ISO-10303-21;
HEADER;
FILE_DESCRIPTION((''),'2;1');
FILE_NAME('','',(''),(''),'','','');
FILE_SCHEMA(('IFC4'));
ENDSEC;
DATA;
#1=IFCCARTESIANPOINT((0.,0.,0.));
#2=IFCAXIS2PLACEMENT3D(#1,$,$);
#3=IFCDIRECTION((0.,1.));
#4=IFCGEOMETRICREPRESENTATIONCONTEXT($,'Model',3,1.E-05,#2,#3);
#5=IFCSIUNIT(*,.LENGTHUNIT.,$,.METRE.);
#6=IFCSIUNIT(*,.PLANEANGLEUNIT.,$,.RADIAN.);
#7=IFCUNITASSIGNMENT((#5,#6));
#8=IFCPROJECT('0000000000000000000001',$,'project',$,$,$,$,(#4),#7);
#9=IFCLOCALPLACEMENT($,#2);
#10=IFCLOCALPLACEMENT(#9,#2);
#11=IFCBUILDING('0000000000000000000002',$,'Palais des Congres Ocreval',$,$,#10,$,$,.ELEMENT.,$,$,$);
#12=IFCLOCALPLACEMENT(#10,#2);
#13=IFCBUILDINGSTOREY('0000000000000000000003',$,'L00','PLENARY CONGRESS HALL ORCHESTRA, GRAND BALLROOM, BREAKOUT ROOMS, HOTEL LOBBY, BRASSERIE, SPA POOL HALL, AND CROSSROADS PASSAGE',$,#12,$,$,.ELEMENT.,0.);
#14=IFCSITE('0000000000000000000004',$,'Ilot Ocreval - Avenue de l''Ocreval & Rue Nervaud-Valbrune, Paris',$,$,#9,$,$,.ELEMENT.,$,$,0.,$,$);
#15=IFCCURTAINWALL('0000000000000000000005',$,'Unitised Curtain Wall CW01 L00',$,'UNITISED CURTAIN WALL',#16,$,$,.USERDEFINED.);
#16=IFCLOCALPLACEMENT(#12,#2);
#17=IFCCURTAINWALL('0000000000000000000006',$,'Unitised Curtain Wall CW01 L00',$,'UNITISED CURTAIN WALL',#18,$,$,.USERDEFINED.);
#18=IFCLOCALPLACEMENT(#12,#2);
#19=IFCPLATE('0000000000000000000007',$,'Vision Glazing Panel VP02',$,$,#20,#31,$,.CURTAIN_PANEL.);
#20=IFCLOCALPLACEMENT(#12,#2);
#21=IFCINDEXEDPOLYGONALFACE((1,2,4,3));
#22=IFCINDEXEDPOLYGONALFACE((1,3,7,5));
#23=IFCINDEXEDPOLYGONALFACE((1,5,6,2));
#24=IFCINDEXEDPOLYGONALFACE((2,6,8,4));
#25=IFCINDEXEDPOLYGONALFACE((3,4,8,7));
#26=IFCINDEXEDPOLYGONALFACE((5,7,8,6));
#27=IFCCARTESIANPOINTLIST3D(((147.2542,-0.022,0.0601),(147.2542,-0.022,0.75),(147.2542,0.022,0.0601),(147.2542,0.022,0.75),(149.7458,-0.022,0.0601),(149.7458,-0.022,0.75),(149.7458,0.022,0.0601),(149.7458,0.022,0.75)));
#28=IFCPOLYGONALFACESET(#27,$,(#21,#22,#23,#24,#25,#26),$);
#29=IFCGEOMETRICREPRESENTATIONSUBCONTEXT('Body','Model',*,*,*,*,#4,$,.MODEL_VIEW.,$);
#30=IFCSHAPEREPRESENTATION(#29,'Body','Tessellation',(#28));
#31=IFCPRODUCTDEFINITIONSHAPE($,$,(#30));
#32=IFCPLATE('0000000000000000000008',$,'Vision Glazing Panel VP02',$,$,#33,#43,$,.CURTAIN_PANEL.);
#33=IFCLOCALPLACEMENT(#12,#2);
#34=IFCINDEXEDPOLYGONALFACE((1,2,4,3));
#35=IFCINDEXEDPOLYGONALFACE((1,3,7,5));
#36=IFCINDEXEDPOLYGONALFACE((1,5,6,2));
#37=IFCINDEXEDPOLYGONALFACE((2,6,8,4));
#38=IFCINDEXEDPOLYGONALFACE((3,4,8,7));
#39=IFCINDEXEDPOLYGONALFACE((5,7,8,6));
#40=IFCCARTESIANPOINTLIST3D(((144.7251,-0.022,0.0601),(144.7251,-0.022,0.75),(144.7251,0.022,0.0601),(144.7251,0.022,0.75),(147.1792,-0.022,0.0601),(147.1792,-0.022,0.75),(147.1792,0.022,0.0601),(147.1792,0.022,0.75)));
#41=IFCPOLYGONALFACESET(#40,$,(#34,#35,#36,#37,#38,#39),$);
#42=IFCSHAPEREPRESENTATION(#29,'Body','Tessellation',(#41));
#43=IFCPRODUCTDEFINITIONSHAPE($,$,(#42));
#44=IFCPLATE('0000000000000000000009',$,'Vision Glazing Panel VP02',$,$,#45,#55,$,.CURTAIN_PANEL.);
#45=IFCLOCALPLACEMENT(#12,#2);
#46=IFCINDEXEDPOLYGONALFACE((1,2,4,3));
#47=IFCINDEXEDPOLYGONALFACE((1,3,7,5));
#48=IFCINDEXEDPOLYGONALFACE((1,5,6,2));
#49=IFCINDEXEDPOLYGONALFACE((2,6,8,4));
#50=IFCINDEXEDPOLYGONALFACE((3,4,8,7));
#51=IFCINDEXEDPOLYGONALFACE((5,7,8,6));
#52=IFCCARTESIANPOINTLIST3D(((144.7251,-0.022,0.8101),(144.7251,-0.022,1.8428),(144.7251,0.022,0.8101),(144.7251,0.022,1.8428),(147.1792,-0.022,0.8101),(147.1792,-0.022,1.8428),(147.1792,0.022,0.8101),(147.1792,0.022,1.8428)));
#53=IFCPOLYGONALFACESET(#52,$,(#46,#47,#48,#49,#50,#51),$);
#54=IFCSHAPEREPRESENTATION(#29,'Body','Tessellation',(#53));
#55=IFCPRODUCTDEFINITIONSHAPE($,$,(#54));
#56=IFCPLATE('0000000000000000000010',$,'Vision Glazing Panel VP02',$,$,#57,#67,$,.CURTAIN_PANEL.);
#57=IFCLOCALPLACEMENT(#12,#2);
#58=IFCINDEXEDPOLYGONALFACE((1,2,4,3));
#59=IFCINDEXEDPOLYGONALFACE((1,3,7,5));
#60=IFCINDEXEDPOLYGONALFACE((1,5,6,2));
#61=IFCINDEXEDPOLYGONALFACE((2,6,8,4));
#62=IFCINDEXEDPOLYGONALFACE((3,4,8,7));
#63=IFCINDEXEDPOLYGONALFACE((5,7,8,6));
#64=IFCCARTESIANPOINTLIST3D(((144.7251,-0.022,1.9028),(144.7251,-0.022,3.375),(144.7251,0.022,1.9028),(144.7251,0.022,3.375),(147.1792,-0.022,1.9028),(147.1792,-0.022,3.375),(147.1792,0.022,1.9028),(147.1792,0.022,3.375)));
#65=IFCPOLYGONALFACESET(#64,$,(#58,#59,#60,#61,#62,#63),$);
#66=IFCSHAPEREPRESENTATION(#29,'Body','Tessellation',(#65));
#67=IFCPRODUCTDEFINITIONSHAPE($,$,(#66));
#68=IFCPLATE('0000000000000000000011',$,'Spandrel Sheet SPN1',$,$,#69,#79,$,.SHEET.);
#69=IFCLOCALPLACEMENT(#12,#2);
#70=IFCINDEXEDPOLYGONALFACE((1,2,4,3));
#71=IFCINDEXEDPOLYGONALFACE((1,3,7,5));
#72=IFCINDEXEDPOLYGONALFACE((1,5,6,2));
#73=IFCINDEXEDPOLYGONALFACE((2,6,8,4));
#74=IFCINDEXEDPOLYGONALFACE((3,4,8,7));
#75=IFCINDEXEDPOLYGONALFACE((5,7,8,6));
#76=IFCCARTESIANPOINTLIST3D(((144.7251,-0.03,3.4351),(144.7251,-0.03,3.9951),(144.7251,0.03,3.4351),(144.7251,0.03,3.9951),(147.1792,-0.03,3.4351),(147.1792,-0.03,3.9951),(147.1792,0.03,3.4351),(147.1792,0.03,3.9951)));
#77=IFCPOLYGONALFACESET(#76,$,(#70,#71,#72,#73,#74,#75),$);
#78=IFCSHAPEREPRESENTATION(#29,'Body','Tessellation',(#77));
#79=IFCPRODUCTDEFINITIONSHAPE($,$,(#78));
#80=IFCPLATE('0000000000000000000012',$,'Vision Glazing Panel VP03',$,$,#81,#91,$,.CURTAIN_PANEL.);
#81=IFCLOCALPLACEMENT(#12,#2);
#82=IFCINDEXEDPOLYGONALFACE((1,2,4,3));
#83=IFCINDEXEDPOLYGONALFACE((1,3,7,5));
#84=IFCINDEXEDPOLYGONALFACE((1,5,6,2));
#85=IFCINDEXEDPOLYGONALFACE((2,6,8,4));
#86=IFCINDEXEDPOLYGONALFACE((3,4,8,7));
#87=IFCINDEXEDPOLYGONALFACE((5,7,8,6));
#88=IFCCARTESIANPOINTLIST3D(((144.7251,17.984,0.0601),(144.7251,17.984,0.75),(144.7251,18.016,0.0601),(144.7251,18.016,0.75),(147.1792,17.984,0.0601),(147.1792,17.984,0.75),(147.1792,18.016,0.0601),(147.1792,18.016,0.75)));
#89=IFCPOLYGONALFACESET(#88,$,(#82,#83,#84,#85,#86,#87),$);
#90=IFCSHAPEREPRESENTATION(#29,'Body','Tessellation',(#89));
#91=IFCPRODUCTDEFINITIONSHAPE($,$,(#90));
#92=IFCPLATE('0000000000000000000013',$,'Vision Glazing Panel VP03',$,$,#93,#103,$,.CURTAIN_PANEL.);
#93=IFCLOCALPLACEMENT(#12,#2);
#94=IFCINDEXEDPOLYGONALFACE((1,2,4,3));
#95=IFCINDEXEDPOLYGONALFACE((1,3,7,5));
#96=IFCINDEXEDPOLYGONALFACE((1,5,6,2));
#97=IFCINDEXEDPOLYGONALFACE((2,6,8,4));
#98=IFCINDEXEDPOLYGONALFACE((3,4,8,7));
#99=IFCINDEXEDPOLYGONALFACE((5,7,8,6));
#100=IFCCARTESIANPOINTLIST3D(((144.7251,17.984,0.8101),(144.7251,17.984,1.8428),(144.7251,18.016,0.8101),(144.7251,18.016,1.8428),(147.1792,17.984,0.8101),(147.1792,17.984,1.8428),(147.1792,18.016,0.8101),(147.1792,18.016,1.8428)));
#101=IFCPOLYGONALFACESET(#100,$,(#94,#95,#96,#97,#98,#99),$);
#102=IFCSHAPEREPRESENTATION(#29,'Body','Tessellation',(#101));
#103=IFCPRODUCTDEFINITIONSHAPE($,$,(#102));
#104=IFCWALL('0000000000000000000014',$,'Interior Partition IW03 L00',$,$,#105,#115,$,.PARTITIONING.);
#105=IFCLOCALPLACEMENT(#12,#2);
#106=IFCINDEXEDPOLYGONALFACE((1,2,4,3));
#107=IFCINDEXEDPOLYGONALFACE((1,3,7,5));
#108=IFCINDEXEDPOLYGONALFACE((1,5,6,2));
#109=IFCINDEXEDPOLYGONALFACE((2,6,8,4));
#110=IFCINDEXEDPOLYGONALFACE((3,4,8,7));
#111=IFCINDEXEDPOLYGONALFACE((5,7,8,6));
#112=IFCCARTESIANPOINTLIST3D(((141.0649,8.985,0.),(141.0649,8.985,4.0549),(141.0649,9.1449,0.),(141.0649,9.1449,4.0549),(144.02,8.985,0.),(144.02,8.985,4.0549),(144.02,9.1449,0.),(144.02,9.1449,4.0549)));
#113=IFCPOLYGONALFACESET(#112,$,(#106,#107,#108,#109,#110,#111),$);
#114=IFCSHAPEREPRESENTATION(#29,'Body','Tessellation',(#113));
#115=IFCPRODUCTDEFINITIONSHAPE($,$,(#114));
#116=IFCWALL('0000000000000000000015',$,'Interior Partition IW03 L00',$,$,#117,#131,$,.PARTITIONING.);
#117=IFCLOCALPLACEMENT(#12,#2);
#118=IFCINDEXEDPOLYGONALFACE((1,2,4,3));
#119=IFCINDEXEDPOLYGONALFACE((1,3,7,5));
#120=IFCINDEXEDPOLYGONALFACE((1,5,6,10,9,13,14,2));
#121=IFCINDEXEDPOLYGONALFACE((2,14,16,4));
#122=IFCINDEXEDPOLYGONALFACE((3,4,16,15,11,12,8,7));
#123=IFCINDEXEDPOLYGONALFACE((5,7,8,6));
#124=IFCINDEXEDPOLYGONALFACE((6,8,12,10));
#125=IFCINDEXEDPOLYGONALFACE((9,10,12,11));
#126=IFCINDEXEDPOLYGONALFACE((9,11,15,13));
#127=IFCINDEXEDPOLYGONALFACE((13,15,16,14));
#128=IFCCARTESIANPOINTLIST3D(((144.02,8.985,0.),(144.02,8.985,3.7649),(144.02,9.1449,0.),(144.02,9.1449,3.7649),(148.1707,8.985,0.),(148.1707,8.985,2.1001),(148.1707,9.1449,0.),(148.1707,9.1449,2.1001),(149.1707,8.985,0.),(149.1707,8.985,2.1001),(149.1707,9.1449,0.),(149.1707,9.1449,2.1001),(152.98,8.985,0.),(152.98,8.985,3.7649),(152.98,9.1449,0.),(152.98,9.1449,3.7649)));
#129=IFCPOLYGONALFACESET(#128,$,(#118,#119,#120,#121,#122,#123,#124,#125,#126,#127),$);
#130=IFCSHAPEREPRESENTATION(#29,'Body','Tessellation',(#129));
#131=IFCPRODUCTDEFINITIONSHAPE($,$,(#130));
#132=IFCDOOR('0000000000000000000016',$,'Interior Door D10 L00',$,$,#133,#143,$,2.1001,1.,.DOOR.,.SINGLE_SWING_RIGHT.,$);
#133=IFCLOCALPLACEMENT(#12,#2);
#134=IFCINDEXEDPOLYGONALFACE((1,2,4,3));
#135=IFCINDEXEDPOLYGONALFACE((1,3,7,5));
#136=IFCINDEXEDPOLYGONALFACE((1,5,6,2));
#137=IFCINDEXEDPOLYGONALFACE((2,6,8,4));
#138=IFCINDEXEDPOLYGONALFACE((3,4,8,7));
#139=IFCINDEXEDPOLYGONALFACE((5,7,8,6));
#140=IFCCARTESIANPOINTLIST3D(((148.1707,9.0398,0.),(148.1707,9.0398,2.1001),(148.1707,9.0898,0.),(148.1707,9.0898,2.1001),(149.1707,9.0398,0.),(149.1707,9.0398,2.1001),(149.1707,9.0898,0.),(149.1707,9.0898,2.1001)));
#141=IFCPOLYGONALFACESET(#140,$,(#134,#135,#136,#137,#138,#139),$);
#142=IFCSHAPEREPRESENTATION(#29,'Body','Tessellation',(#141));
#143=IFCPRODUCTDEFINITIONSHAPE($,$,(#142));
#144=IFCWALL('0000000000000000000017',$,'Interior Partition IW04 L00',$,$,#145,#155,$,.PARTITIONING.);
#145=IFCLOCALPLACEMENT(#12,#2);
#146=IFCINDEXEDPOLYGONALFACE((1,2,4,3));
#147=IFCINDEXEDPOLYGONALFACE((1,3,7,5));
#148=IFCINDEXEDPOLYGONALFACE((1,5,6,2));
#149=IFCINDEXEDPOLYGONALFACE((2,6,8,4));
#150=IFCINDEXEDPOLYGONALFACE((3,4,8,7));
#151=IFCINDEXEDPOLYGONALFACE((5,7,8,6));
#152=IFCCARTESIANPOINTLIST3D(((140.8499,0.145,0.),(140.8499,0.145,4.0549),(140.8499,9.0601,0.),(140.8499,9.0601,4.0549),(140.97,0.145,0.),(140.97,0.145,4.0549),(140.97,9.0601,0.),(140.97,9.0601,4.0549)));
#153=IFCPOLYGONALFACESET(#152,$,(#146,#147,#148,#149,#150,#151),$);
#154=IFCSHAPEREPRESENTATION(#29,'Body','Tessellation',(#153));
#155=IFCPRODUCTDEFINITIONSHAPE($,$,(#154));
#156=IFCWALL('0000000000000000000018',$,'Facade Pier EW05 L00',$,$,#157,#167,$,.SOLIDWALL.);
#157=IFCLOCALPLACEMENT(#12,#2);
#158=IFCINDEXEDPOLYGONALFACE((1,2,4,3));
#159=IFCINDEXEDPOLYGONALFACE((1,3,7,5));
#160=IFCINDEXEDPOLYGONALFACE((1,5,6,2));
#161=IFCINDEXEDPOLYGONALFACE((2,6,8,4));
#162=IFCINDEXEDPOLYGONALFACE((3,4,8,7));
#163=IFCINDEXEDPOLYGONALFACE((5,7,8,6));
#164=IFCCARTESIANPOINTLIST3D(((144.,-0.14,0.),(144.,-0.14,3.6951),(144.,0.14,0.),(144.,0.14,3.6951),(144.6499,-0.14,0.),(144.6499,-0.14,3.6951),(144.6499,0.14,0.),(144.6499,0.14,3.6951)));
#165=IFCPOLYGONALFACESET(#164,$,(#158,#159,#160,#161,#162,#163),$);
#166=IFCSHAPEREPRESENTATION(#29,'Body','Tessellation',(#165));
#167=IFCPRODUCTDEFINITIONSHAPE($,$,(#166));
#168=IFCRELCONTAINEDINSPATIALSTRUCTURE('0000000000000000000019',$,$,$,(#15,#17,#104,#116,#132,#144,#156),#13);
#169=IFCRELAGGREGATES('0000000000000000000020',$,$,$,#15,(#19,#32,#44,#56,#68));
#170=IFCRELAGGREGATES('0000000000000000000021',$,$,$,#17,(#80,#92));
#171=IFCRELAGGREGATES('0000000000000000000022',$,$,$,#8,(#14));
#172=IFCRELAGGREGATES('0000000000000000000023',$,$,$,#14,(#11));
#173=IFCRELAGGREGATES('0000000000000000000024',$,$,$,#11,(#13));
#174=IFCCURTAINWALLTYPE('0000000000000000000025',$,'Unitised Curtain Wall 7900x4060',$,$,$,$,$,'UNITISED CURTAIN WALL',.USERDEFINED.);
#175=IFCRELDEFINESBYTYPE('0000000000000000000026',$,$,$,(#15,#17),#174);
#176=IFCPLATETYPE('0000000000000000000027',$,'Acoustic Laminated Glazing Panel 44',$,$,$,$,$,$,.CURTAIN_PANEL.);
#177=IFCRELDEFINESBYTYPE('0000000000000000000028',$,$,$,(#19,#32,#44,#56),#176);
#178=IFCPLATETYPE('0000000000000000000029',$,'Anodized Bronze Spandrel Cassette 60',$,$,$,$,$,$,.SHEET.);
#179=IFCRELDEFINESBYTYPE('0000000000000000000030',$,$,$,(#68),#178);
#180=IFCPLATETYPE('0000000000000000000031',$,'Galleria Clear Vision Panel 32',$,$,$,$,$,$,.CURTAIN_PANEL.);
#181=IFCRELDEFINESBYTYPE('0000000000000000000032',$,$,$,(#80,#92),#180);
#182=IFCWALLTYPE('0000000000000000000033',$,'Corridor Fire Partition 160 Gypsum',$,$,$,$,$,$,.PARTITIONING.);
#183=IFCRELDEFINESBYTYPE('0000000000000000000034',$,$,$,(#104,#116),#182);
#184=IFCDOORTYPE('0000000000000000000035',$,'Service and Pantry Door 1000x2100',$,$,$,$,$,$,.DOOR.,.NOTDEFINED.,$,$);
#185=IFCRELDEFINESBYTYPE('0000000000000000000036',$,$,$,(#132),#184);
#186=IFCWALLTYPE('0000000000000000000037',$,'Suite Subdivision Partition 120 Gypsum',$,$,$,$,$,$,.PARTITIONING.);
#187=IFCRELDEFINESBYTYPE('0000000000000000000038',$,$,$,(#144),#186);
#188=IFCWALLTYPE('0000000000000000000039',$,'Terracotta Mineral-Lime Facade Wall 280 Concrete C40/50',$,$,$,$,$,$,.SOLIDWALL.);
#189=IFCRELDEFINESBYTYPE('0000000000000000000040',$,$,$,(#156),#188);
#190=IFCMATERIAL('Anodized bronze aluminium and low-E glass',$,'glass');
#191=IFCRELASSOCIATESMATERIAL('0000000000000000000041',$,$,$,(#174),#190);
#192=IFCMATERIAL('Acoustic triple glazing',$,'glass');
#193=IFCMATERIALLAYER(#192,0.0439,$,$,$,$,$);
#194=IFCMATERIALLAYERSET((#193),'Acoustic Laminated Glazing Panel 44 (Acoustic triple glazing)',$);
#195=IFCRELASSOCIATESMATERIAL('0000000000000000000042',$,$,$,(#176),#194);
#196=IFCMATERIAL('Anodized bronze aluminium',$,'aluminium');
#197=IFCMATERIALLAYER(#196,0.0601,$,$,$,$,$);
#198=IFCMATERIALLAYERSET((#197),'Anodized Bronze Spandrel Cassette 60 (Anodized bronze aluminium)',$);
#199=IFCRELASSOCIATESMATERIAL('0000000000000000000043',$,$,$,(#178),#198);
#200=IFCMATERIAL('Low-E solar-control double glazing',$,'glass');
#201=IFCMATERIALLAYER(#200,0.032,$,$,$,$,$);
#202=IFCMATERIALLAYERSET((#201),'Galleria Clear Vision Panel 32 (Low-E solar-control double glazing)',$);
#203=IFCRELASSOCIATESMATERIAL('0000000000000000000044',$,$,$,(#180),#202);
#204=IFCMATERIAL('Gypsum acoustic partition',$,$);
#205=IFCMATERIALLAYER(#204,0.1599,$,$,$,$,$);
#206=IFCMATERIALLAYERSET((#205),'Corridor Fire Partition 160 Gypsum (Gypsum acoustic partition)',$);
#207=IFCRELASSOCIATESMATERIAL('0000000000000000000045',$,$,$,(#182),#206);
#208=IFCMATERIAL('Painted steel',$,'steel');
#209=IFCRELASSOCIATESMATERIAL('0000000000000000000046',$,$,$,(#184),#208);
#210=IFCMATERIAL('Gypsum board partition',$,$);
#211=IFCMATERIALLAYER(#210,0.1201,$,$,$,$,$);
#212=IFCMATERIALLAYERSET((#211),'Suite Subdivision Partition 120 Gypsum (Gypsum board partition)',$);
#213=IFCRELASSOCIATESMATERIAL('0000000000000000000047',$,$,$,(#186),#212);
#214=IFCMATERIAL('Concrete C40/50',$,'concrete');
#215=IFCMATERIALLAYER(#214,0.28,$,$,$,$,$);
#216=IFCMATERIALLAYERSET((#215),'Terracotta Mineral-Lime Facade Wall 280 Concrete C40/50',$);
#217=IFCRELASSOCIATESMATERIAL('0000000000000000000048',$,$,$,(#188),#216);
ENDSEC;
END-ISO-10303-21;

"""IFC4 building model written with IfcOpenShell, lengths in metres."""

from ifc_helpers import new_model, si_unit, direction, frame, frame_2d, origin, origin_2d, place, context, subcontext, project, spatial, rectangle, extrude, material, layer, layer_set, type_object, element, fill, aggregate, save


model = new_model("IFC4")

# Units and contexts
model_context = context("Model", 3, precision=1e-05, world=origin(), true_north=direction((0.0, 1.0)))
body_context = subcontext(model_context, "Body", "Model", "MODEL_VIEW")
ifc_project = project(units=[si_unit("LENGTHUNIT", "METRE"), si_unit("PLANEANGLEUNIT", "RADIAN")], contexts=[model_context])

# Site, building, storey
site_placement = place(None, origin())
site = spatial("IfcSite", under=ifc_project, at=site_placement, Name="Ilot Ocreval - Avenue de l'Ocreval & Rue Nervaud-Valbrune, Paris", CompositionType="ELEMENT", RefElevation=0.0)
building_placement = place(site_placement, origin())
building = spatial("IfcBuilding", under=site, at=building_placement, Name="Palais des Congres Ocreval", CompositionType="ELEMENT")
storey_placement = place(building_placement, origin())
storey = spatial("IfcBuildingStorey", under=building, at=storey_placement, Name="L00", Description="PLENARY CONGRESS HALL ORCHESTRA, GRAND BALLROOM, BREAKOUT ROOMS, HOTEL LOBBY, BRASSERIE, SPA POOL HALL, AND CROSSROADS PASSAGE", CompositionType="ELEMENT", Elevation=0.0)

# Curtain wall
ifc_material_1 = material(Name="Anodized bronze aluminium and low-E glass", Category="glass")
curtain_wall_type = type_object("IfcCurtainWallType", Name="Unitised Curtain Wall 7900x4060", ElementType="UNITISED CURTAIN WALL", PredefinedType="USERDEFINED", material=ifc_material_1)
curtain_wall_1_placement = place(storey_placement, origin())
curtain_wall_1 = element("IfcCurtainWall", 1, at=curtain_wall_1_placement, inside=storey, type_object=curtain_wall_type, Name="Unitised Curtain Wall CW01 L00", ObjectType="UNITISED CURTAIN WALL", PredefinedType="USERDEFINED")
ifc_material_2 = material(Name="Anodized bronze aluminium", Category="aluminium")

# Curtain wall
curtain_wall_2_placement = place(storey_placement, origin())
curtain_wall_2 = element("IfcCurtainWall", 2, at=curtain_wall_2_placement, inside=storey, type_object=curtain_wall_type, Name="Unitised Curtain Wall CW01 L00", ObjectType="UNITISED CURTAIN WALL", PredefinedType="USERDEFINED")

# Plates
ifc_material_3 = material(Name="Acoustic triple glazing", Category="glass")
ifc_layer_1 = layer(ifc_material_3, 0.0439)
ifc_layer_set_1 = layer_set([ifc_layer_1], Name="Acoustic Laminated Glazing Panel 44 (Acoustic triple glazing)")
plate_type_1 = type_object("IfcPlateType", Name="Acoustic Laminated Glazing Panel 44", PredefinedType="CURTAIN_PANEL", material=ifc_layer_set_1)
plate_1_placement = place(storey_placement, frame((148.5, 0.0, 0.0601), z_axis=(0.0, 0.0, 1.0), x_axis=(-1.0, 0.0, 0.0)))
plate_1 = element("IfcPlate", 3, at=plate_1_placement, type_object=plate_type_1, Name="Vision Glazing Panel VP02", PredefinedType="CURTAIN_PANEL", context=body_context, shape_type="SweptSolid", body=[
    extrude(rectangle(XDim=2.4917, YDim=0.0439, at=origin_2d()), origin(), (0.0, 0.0, 1.0), 0.6899),
])
plate_2_placement = place(storey_placement, frame((145.9521, 0.0, 0.0601), z_axis=(0.0, 0.0, 1.0), x_axis=(-1.0, 0.0, 0.0)))
plate_2 = element("IfcPlate", 4, at=plate_2_placement, type_object=plate_type_1, Name="Vision Glazing Panel VP02", PredefinedType="CURTAIN_PANEL", context=body_context, shape_type="SweptSolid", body=[
    extrude(rectangle(XDim=2.4541, YDim=0.0439, at=origin_2d()), origin(), (0.0, 0.0, 1.0), 0.6899),
])
plate_3_placement = place(storey_placement, frame((145.9521, 0.0, 0.8101), z_axis=(0.0, 0.0, 1.0), x_axis=(-1.0, 0.0, 0.0)))
plate_3 = element("IfcPlate", 5, at=plate_3_placement, type_object=plate_type_1, Name="Vision Glazing Panel VP02", PredefinedType="CURTAIN_PANEL", context=body_context, shape_type="SweptSolid", body=[
    extrude(rectangle(XDim=2.4541, YDim=0.0439, at=origin_2d()), origin(), (0.0, 0.0, 1.0), 1.0327),
])
plate_4_placement = place(storey_placement, frame((145.9521, 0.0, 1.9028), z_axis=(0.0, 0.0, 1.0), x_axis=(-1.0, 0.0, 0.0)))
plate_4 = element("IfcPlate", 6, at=plate_4_placement, type_object=plate_type_1, Name="Vision Glazing Panel VP02", PredefinedType="CURTAIN_PANEL", context=body_context, shape_type="SweptSolid", body=[
    extrude(rectangle(XDim=2.4541, YDim=0.0439, at=origin_2d()), origin(), (0.0, 0.0, 1.0), 1.4722),
])
ifc_layer_2 = layer(ifc_material_2, 0.0601)
ifc_layer_set_2 = layer_set([ifc_layer_2], Name="Anodized Bronze Spandrel Cassette 60 (Anodized bronze aluminium)")
plate_type_2 = type_object("IfcPlateType", Name="Anodized Bronze Spandrel Cassette 60", PredefinedType="SHEET", material=ifc_layer_set_2)
plate_5_placement = place(storey_placement, frame((145.9521, 0.0, 3.4351), z_axis=(0.0, 0.0, 1.0), x_axis=(-1.0, 0.0, 0.0)))
plate_5 = element("IfcPlate", 7, at=plate_5_placement, type_object=plate_type_2, Name="Spandrel Sheet SPN1", PredefinedType="SHEET", context=body_context, shape_type="SweptSolid", body=[
    extrude(rectangle(XDim=2.4541, YDim=0.0601, at=origin_2d()), origin(), (0.0, 0.0, 1.0), 0.5601),
])
aggregate(curtain_wall_1, [plate_1, plate_2, plate_3, plate_4, plate_5])
ifc_material_4 = material(Name="Low-E solar-control double glazing", Category="glass")
ifc_layer_3 = layer(ifc_material_4, 0.032)
ifc_layer_set_3 = layer_set([ifc_layer_3], Name="Galleria Clear Vision Panel 32 (Low-E solar-control double glazing)")
plate_type_3 = type_object("IfcPlateType", Name="Galleria Clear Vision Panel 32", PredefinedType="CURTAIN_PANEL", material=ifc_layer_set_3)
plate_6_placement = place(storey_placement, frame((145.9521, 18.0, 0.0601), z_axis=(0.0, 0.0, 1.0), x_axis=(1.0, 0.0, 0.0)))
plate_6 = element("IfcPlate", 8, at=plate_6_placement, type_object=plate_type_3, Name="Vision Glazing Panel VP03", PredefinedType="CURTAIN_PANEL", context=body_context, shape_type="SweptSolid", body=[
    extrude(rectangle(XDim=2.4541, YDim=0.032, at=origin_2d()), origin(), (0.0, 0.0, 1.0), 0.6899),
])
plate_7_placement = place(storey_placement, frame((145.9521, 18.0, 0.8101), z_axis=(0.0, 0.0, 1.0), x_axis=(1.0, 0.0, 0.0)))
plate_7 = element("IfcPlate", 9, at=plate_7_placement, type_object=plate_type_3, Name="Vision Glazing Panel VP03", PredefinedType="CURTAIN_PANEL", context=body_context, shape_type="SweptSolid", body=[
    extrude(rectangle(XDim=2.4541, YDim=0.032, at=origin_2d()), origin(), (0.0, 0.0, 1.0), 1.0327),
])
aggregate(curtain_wall_2, [plate_6, plate_7])

# Wall
ifc_material_5 = material(Name="Gypsum acoustic partition")
ifc_layer_4 = layer(ifc_material_5, 0.1599)
ifc_layer_set_4 = layer_set([ifc_layer_4], Name="Corridor Fire Partition 160 Gypsum (Gypsum acoustic partition)")
wall_type_1 = type_object("IfcWallType", Name="Corridor Fire Partition 160 Gypsum", PredefinedType="PARTITIONING", material=ifc_layer_set_4)
wall_1_placement = place(storey_placement, frame((141.0649, 9.0649, 0.0), z_axis=(0.0, 0.0, 1.0), x_axis=(1.0, 0.0, 0.0)))
element("IfcWall", 10, at=wall_1_placement, inside=storey, type_object=wall_type_1, Name="Interior Partition IW03 L00", PredefinedType="PARTITIONING", context=body_context, shape_type="SweptSolid", body=[
    extrude(rectangle(XDim=2.9551, YDim=0.1599, at=frame_2d((1.4775, 0.0))), origin(), (0.0, 0.0, 1.0), 4.0549),
])

# Wall, opening, door
wall_2_placement = place(storey_placement, frame((144.02, 9.0649, 0.0), z_axis=(0.0, 0.0, 1.0), x_axis=(1.0, 0.0, 0.0)))
wall_2 = element("IfcWall", 11, at=wall_2_placement, inside=storey, type_object=wall_type_1, Name="Interior Partition IW03 L00", PredefinedType="PARTITIONING", context=body_context, shape_type="SweptSolid", body=[
    extrude(rectangle(XDim=8.96, YDim=0.1599, at=frame_2d((4.48, 0.0))), origin(), (0.0, 0.0, 1.0), 3.7649),
])
opening_1_placement = place(wall_2_placement, frame((4.1506, 0.0, 0.0)))
opening_1 = element("IfcOpeningElement", 12, at=opening_1_placement, cuts=wall_2, PredefinedType="OPENING", context=body_context, shape_type="SweptSolid", body=[
    extrude(rectangle(XDim=1.0, YDim=2.1001, at=frame_2d((0.5, 1.05))), frame((0.0, 0.0898, 0.0), z_axis=(0.0, -1.0, 0.0), x_axis=(1.0, 0.0, 0.0)), (0.0, 0.0, 1.0), 0.1799),
])
ifc_material_6 = material(Name="Painted steel", Category="steel")
door_type_1 = type_object("IfcDoorType", Name="Service and Pantry Door 1000x2100", OperationType="NOTDEFINED", PredefinedType="DOOR", material=ifc_material_6)
door_1_placement = place(opening_1_placement, origin())
door_1 = element("IfcDoor", 13, at=door_1_placement, inside=storey, type_object=door_type_1, Name="Interior Door D10 L00", OperationType="SINGLE_SWING_RIGHT", OverallHeight=2.1001, OverallWidth=1.0, PredefinedType="DOOR", context=body_context, shape_type="SweptSolid", body=[
    extrude(rectangle(XDim=1.0, YDim=2.1001, at=frame_2d((0.5, 1.05))), frame((0.0, 0.0249, 0.0), z_axis=(0.0, -1.0, 0.0), x_axis=(1.0, 0.0, 0.0)), (0.0, 0.0, 1.0), 0.05),
])
fill(opening_1, door_1)

# Walls
ifc_material_7 = material(Name="Gypsum board partition")
ifc_layer_5 = layer(ifc_material_7, 0.1201)
ifc_layer_set_5 = layer_set([ifc_layer_5], Name="Suite Subdivision Partition 120 Gypsum (Gypsum board partition)")
wall_type_2 = type_object("IfcWallType", Name="Suite Subdivision Partition 120 Gypsum", PredefinedType="PARTITIONING", material=ifc_layer_set_5)
wall_3_placement = place(storey_placement, frame((140.9099, 0.145, 0.0), z_axis=(0.0, 0.0, 1.0), x_axis=(0.0, 1.0, 0.0)))
element("IfcWall", 14, at=wall_3_placement, inside=storey, type_object=wall_type_2, Name="Interior Partition IW04 L00", PredefinedType="PARTITIONING", context=body_context, shape_type="SweptSolid", body=[
    extrude(rectangle(XDim=8.915, YDim=0.1201, at=frame_2d((4.4575, 0.0))), origin(), (0.0, 0.0, 1.0), 4.0549),
])
ifc_material_8 = material(Name="Concrete C40/50", Category="concrete")
ifc_layer_6 = layer(ifc_material_8, 0.28)
ifc_layer_set_6 = layer_set([ifc_layer_6], Name="Terracotta Mineral-Lime Facade Wall 280 Concrete C40/50")
wall_type_3 = type_object("IfcWallType", Name="Terracotta Mineral-Lime Facade Wall 280 Concrete C40/50", PredefinedType="SOLIDWALL", material=ifc_layer_set_6)
wall_4_placement = place(storey_placement, frame((144.6499, 0.0, 0.0), z_axis=(0.0, 0.0, 1.0), x_axis=(-1.0, 0.0, 0.0)))
element("IfcWall", 15, at=wall_4_placement, inside=storey, type_object=wall_type_3, Name="Facade Pier EW05 L00", PredefinedType="SOLIDWALL", context=body_context, shape_type="SweptSolid", body=[
    extrude(rectangle(XDim=0.6499, YDim=0.28, at=frame_2d((0.325, 0.0))), origin(), (0.0, 0.0, 1.0), 3.6951),
])

save(model, "model.ifc")
